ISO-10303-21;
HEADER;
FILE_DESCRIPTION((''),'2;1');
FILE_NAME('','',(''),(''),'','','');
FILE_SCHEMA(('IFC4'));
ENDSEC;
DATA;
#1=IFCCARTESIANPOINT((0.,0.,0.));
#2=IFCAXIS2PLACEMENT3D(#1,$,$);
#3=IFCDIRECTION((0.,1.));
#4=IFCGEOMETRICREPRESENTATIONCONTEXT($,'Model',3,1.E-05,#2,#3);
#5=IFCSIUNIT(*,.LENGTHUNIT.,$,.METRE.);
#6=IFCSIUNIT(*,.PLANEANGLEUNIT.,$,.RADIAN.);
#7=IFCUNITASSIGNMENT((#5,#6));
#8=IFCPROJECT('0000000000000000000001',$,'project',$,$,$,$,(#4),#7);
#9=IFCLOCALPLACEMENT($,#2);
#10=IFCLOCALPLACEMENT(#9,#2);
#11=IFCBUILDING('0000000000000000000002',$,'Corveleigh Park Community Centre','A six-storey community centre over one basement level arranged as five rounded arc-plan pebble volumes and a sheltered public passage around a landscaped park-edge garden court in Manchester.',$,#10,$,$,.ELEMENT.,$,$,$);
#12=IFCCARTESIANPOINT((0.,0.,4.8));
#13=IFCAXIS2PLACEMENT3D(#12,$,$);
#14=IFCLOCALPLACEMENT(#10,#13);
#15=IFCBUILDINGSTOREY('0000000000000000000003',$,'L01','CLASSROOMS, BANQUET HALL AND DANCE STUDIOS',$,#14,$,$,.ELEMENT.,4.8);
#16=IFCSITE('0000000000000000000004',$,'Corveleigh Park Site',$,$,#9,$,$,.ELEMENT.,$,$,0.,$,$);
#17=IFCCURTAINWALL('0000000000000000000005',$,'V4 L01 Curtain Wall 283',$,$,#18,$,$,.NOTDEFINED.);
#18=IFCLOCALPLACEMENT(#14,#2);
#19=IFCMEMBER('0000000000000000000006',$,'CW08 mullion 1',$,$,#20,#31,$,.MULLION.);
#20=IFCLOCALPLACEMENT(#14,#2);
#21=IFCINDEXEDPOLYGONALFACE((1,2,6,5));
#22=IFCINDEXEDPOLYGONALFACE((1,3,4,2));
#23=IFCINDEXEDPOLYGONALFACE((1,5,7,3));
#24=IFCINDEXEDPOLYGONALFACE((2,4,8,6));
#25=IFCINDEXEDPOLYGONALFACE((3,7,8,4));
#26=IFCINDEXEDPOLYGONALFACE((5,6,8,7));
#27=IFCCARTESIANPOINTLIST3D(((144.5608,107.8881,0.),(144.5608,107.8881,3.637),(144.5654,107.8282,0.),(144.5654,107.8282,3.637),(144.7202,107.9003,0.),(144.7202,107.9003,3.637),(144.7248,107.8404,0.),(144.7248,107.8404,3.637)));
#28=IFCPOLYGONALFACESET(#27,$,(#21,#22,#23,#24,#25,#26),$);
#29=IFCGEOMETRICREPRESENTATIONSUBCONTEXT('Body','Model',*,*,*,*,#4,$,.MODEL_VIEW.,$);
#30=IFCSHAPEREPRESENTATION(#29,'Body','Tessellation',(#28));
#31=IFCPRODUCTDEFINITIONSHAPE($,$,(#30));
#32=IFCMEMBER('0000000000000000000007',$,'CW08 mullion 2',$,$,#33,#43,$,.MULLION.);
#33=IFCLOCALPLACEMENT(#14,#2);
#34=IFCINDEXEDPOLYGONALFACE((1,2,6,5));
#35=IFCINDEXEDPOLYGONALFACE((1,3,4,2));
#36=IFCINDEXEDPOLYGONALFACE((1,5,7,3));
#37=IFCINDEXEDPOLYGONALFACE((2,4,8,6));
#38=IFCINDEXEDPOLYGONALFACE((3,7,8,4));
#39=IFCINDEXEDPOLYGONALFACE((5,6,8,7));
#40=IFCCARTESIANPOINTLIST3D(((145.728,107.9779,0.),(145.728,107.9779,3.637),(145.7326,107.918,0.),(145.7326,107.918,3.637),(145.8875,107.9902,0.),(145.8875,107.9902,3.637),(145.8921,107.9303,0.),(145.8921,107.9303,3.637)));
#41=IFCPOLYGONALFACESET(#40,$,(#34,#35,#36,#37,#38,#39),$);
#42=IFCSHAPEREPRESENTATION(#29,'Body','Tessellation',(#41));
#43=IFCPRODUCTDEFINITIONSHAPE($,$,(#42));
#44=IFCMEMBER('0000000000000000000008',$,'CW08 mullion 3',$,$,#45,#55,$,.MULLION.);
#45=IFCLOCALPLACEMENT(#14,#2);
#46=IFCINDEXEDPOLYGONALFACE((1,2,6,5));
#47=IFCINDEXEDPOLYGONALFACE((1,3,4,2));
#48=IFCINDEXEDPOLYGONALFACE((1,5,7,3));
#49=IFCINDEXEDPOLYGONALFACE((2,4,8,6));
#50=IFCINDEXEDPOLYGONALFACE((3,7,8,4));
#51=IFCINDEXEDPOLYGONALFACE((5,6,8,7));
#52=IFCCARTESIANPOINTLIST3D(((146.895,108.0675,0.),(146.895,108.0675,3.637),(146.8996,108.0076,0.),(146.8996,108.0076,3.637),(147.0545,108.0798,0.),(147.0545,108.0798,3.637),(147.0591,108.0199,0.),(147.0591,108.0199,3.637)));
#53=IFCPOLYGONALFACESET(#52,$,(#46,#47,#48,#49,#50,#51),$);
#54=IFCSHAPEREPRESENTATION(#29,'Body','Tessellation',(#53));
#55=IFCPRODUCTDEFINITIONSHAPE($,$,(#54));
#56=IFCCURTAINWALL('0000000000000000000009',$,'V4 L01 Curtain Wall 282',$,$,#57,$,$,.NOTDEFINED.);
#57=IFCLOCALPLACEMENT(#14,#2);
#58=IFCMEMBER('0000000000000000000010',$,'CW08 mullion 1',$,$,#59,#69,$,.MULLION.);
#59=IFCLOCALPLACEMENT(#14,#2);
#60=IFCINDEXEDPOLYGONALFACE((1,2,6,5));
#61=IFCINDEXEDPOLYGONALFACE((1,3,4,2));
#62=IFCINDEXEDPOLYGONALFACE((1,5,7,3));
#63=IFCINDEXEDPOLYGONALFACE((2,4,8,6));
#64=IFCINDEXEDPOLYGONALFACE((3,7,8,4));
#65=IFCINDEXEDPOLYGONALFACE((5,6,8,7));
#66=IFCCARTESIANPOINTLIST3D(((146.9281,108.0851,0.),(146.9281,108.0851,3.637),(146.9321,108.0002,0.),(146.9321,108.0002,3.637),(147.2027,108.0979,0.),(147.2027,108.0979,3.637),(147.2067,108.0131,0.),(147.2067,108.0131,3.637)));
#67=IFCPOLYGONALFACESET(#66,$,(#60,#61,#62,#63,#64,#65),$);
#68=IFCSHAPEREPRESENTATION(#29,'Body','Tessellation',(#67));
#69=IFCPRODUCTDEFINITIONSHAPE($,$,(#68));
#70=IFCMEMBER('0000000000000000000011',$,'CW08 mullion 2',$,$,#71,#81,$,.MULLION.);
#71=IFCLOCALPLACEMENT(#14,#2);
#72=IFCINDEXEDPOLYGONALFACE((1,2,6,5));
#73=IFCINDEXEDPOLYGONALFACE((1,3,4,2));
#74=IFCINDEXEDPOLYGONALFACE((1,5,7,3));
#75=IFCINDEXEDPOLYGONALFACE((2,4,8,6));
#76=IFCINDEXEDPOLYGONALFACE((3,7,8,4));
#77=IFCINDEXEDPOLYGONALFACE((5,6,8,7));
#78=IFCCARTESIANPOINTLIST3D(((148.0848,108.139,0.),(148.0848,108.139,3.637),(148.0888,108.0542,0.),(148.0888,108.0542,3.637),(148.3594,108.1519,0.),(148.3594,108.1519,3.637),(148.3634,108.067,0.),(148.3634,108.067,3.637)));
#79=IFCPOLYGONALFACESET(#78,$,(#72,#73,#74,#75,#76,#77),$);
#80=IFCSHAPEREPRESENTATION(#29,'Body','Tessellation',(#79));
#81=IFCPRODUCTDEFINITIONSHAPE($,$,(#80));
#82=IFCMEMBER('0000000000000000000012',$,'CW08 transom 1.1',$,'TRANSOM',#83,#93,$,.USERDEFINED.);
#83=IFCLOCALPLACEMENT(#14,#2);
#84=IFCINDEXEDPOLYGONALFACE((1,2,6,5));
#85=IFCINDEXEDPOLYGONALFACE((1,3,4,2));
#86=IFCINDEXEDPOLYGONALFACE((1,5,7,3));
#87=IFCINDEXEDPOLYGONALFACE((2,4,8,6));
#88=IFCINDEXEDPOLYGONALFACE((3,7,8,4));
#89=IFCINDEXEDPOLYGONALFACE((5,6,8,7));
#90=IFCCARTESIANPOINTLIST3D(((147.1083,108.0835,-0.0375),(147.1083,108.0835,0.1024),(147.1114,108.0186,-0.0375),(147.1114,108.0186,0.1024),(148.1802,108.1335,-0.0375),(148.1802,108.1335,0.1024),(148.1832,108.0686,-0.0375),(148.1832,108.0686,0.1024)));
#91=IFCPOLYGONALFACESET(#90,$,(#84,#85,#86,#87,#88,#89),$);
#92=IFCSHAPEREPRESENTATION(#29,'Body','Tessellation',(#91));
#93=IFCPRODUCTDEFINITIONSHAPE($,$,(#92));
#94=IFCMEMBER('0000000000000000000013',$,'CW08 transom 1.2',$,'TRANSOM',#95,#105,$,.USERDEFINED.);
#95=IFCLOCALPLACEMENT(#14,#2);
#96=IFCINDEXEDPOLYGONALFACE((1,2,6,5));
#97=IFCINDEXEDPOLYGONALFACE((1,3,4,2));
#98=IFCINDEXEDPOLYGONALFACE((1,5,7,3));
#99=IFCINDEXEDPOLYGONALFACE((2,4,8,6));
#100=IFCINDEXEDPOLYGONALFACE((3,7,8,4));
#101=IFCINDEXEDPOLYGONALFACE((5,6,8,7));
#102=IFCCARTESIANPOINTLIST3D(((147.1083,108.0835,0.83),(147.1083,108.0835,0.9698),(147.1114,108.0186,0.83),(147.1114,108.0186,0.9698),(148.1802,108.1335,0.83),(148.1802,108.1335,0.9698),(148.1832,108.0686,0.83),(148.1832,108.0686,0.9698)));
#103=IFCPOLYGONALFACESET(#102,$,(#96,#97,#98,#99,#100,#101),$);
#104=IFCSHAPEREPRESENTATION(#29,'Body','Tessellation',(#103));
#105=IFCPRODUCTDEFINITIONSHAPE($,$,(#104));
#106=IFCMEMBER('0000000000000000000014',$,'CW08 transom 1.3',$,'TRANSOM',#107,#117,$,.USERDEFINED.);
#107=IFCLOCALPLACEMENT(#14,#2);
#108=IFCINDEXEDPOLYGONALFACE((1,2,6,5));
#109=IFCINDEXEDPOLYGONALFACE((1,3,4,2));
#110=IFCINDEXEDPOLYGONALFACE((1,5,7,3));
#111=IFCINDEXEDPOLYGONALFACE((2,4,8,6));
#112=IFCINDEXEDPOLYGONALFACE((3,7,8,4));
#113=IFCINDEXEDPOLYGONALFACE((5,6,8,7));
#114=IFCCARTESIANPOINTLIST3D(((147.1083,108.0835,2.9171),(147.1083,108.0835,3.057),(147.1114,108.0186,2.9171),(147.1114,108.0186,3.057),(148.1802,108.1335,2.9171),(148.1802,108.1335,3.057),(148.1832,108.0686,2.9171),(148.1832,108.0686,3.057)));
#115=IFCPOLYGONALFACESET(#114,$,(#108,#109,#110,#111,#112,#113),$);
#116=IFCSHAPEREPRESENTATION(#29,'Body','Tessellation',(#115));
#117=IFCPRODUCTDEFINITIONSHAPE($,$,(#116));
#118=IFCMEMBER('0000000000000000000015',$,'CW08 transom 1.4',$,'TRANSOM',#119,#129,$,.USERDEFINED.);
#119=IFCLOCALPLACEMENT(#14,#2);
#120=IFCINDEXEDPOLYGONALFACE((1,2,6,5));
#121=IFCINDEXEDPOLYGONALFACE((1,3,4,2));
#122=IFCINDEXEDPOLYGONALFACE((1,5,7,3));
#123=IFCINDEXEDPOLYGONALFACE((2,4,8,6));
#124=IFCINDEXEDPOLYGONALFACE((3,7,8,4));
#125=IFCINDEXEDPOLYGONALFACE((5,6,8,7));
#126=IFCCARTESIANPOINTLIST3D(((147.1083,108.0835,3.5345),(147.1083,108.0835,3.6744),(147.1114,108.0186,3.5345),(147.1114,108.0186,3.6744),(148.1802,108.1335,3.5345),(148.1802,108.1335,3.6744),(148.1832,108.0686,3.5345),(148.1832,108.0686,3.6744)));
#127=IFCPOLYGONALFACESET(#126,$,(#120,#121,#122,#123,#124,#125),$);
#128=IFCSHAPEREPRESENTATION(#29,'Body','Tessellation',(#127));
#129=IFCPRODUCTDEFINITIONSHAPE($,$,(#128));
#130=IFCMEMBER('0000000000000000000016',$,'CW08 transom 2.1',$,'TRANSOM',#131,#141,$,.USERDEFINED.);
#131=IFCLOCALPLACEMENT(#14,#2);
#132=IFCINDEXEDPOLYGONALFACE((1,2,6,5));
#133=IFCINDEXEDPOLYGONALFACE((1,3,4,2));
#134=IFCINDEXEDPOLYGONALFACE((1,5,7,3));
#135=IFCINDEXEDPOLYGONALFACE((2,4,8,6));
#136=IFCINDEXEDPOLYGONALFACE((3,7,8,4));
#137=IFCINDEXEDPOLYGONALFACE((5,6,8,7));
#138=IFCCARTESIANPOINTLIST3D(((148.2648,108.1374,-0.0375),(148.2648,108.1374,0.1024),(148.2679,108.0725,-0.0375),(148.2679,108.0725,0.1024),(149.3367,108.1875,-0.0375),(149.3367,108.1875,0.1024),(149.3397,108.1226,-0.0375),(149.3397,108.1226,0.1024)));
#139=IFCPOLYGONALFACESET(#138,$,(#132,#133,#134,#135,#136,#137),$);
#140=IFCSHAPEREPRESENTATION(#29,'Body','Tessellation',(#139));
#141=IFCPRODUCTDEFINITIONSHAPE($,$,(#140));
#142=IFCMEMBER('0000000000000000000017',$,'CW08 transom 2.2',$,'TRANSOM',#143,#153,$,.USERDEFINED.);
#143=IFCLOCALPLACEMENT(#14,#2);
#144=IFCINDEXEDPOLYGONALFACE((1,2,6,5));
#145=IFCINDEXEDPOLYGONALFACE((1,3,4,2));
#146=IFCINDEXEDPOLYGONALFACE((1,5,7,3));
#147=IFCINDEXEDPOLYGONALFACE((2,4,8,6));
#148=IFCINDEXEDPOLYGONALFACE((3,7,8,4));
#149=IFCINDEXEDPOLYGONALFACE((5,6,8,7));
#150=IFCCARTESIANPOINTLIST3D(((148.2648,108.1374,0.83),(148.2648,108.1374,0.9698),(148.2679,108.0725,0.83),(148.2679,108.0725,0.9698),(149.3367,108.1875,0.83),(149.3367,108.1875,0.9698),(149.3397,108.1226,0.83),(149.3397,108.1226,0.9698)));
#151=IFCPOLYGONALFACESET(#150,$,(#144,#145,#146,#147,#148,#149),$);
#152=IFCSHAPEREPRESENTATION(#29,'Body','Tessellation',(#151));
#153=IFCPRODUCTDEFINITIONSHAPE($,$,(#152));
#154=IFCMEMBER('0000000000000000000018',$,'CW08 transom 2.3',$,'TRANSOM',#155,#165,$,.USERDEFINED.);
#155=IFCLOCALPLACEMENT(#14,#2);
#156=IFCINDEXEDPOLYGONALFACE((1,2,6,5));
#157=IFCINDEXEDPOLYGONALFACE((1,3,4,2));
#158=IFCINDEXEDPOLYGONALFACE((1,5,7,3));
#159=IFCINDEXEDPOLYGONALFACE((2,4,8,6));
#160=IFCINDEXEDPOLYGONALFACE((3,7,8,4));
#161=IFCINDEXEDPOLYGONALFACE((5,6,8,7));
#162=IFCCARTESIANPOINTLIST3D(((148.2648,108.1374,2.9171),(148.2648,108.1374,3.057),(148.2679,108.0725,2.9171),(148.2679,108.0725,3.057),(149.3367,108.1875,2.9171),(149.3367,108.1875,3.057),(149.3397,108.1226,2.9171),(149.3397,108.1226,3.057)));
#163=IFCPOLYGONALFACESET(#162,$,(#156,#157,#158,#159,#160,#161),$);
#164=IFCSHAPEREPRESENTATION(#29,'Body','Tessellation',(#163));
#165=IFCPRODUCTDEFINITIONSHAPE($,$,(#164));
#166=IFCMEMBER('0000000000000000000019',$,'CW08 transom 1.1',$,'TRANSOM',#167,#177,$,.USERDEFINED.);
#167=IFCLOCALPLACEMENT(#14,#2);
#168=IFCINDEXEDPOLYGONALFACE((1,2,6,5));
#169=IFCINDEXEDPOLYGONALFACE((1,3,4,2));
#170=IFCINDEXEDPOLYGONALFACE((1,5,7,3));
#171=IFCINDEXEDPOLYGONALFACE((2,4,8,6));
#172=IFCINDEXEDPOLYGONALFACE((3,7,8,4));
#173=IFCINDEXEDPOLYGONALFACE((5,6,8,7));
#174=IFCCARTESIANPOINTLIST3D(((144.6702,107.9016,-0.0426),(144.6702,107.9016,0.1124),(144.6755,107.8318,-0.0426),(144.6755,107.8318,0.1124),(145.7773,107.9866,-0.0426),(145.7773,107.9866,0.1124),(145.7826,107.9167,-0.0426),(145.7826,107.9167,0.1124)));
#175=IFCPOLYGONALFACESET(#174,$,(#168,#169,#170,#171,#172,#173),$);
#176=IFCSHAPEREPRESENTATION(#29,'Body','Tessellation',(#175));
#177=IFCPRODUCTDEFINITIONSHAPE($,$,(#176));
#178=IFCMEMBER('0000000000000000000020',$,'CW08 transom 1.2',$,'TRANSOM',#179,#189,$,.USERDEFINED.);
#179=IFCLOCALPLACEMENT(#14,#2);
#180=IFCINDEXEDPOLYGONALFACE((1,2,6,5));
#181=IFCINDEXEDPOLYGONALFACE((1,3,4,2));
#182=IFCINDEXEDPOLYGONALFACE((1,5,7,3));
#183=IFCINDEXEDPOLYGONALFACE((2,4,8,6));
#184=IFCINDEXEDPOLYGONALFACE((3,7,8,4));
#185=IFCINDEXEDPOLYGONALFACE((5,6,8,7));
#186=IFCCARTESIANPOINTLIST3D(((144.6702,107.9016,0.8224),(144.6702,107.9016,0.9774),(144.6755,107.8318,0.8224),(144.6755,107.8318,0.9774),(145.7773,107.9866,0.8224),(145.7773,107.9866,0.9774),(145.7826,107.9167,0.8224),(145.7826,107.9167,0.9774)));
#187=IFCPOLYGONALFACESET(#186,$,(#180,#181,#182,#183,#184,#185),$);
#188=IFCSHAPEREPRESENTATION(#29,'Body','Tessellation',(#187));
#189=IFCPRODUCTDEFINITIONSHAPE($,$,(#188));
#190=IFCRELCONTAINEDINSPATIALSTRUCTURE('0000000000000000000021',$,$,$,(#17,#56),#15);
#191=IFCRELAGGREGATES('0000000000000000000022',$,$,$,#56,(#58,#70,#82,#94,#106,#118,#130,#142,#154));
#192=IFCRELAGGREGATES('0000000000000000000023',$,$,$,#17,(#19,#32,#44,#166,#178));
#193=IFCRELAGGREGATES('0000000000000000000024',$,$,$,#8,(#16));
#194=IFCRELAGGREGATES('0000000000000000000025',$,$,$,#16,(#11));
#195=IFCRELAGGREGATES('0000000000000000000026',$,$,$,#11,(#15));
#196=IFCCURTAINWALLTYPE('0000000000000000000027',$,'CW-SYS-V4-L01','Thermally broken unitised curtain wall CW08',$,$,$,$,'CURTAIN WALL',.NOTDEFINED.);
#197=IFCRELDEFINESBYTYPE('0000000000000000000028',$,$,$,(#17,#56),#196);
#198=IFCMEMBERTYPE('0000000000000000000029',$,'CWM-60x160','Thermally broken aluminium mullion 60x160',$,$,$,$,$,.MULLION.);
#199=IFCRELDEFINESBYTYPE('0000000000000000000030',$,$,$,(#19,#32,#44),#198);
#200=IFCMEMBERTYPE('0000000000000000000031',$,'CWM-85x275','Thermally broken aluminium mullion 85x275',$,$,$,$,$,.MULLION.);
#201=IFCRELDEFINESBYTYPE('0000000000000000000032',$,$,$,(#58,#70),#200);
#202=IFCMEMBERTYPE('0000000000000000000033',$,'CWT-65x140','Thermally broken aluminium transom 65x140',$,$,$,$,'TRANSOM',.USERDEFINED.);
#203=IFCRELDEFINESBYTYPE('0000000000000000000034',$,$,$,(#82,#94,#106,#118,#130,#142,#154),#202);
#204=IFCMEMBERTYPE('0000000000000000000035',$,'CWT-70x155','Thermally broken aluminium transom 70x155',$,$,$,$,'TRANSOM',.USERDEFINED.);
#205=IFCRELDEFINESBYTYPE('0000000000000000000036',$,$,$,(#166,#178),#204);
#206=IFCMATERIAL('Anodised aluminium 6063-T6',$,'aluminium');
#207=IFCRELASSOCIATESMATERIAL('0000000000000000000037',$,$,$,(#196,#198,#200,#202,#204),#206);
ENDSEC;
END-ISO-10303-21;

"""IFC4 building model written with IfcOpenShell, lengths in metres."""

from ifc_helpers import new_model, si_unit, direction, frame, origin, origin_2d, place, context, subcontext, project, spatial, rectangle, extrude, material, material_profile, profile_set, type_object, element, aggregate, save


model = new_model("IFC4")

# Units and contexts
model_context = context("Model", 3, precision=1e-05, world=origin(), true_north=direction((0.0, 1.0)))
body_context = subcontext(model_context, "Body", "Model", "MODEL_VIEW")
ifc_project = project(units=[si_unit("LENGTHUNIT", "METRE"), si_unit("PLANEANGLEUNIT", "RADIAN")], contexts=[model_context])

# Site, building, storey
site_placement = place(None, origin())
site = spatial("IfcSite", under=ifc_project, at=site_placement, Name="Corveleigh Park Site", CompositionType="ELEMENT", RefElevation=0.0)
building_placement = place(site_placement, origin())
building = spatial("IfcBuilding", under=site, at=building_placement, Name="Corveleigh Park Community Centre", Description="A six-storey community centre over one basement level arranged as five rounded arc-plan pebble volumes and a sheltered public passage around a landscaped park-edge garden court in Manchester.", CompositionType="ELEMENT")
storey_placement = place(building_placement, frame((0.0, 0.0, 4.8)))
storey = spatial("IfcBuildingStorey", under=building, at=storey_placement, Name="L01", Description="CLASSROOMS, BANQUET HALL AND DANCE STUDIOS", CompositionType="ELEMENT", Elevation=4.8)

# Curtain walls, members
ifc_material_1 = material(Name="Anodised aluminium 6063-T6", Category="aluminium")
curtain_wall_type = type_object("IfcCurtainWallType", Name="CW-SYS-V4-L01", Description="Thermally broken unitised curtain wall CW08", ElementType="CURTAIN WALL", PredefinedType="NOTDEFINED", material=ifc_material_1)
curtain_wall_1_placement = place(storey_placement, origin())
curtain_wall_1 = element("IfcCurtainWall", 1, at=curtain_wall_1_placement, inside=storey, type_object=curtain_wall_type, Name="V4 L01 Curtain Wall 283", PredefinedType="NOTDEFINED")
ifc_material_profile_1 = material_profile(ifc_material_1, rectangle(XDim=0.0601, YDim=0.1599, at=origin_2d()), Name="ALU-M60x160", Category="aluminium")
ifc_profile_set_1 = profile_set([ifc_material_profile_1], Name="Anodised aluminium 6063-T6")
member_type_1 = type_object("IfcMemberType", Name="CWM-60x160", Description="Thermally broken aluminium mullion 60x160", PredefinedType="MULLION", material=ifc_profile_set_1)
member_1_placement = place(storey_placement, frame((144.6428, 107.8643, 0.0), z_axis=(0.0, 0.0, 1.0), x_axis=(-0.076633, 0.997059, 0.0)))
member_1 = element("IfcMember", 2, at=member_1_placement, type_object=member_type_1, Name="CW08 mullion 1", PredefinedType="MULLION", context=body_context, shape_type="SweptSolid", body=[
    extrude(rectangle(XDim=0.0601, YDim=0.1599, at=origin_2d()), origin(), (0.0, 0.0, 1.0), 3.637),
])
member_2_placement = place(storey_placement, frame((145.8101, 107.9541, 0.0), z_axis=(0.0, 0.0, 1.0), x_axis=(-0.076633, 0.997059, 0.0)))
member_2 = element("IfcMember", 3, at=member_2_placement, type_object=member_type_1, Name="CW08 mullion 2", PredefinedType="MULLION", context=body_context, shape_type="SweptSolid", body=[
    extrude(rectangle(XDim=0.0601, YDim=0.1599, at=origin_2d()), origin(), (0.0, 0.0, 1.0), 3.637),
])
member_3_placement = place(storey_placement, frame((146.9771, 108.0437, 0.0), z_axis=(0.0, 0.0, 1.0), x_axis=(-0.076633, 0.997059, 0.0)))
member_3 = element("IfcMember", 4, at=member_3_placement, type_object=member_type_1, Name="CW08 mullion 3", PredefinedType="MULLION", context=body_context, shape_type="SweptSolid", body=[
    extrude(rectangle(XDim=0.0601, YDim=0.1599, at=origin_2d()), origin(), (0.0, 0.0, 1.0), 3.637),
])
curtain_wall_2_placement = place(storey_placement, origin())
curtain_wall_2 = element("IfcCurtainWall", 5, at=curtain_wall_2_placement, inside=storey, type_object=curtain_wall_type, Name="V4 L01 Curtain Wall 282", PredefinedType="NOTDEFINED")
ifc_material_profile_2 = material_profile(ifc_material_1, rectangle(XDim=0.085, YDim=0.2749, at=origin_2d()), Name="ALU-M85x275", Category="aluminium")
ifc_profile_set_2 = profile_set([ifc_material_profile_2], Name="Anodised aluminium 6063-T6")
member_type_2 = type_object("IfcMemberType", Name="CWM-85x275", Description="Thermally broken aluminium mullion 85x275", PredefinedType="MULLION", material=ifc_profile_set_2)
member_4_placement = place(storey_placement, frame((147.0674, 108.0491, 0.0), z_axis=(0.0, 0.0, 1.0), x_axis=(-0.046655, 0.998911, 0.0)))
member_4 = element("IfcMember", 6, at=member_4_placement, type_object=member_type_2, Name="CW08 mullion 1", PredefinedType="MULLION", context=body_context, shape_type="SweptSolid", body=[
    extrude(rectangle(XDim=0.085, YDim=0.2749, at=origin_2d()), origin(), (0.0, 0.0, 1.0), 3.637),
])
member_5_placement = place(storey_placement, frame((148.2241, 108.103, 0.0), z_axis=(0.0, 0.0, 1.0), x_axis=(-0.046655, 0.998911, 0.0)))
member_5 = element("IfcMember", 7, at=member_5_placement, type_object=member_type_2, Name="CW08 mullion 2", PredefinedType="MULLION", context=body_context, shape_type="SweptSolid", body=[
    extrude(rectangle(XDim=0.085, YDim=0.2749, at=origin_2d()), origin(), (0.0, 0.0, 1.0), 3.637),
])
ifc_material_profile_3 = material_profile(ifc_material_1, rectangle(XDim=0.0649, YDim=0.1399, at=origin_2d()), Name="ALU-T65x140", Category="aluminium")
ifc_profile_set_3 = profile_set([ifc_material_profile_3], Name="Anodised aluminium 6063-T6")
member_type_3 = type_object("IfcMemberType", Name="CWT-65x140", Description="Thermally broken aluminium transom 65x140", ElementType="TRANSOM", PredefinedType="USERDEFINED", material=ifc_profile_set_3)
member_6_placement = place(storey_placement, frame((147.1099, 108.051, 0.0325), z_axis=(0.998911, 0.046646, 0.0), x_axis=(-0.046646, 0.998911, 0.0)))
member_6 = element("IfcMember", 8, at=member_6_placement, type_object=member_type_3, Name="CW08 transom 1.1", ObjectType="TRANSOM", PredefinedType="USERDEFINED", context=body_context, shape_type="SweptSolid", body=[
    extrude(rectangle(XDim=0.0649, YDim=0.1399, at=origin_2d()), origin(), (0.0, 0.0, 1.0), 1.073),
])
member_7_placement = place(storey_placement, frame((147.1099, 108.051, 0.8999), z_axis=(0.998911, 0.046646, 0.0), x_axis=(-0.046646, 0.998911, 0.0)))
member_7 = element("IfcMember", 9, at=member_7_placement, type_object=member_type_3, Name="CW08 transom 1.2", ObjectType="TRANSOM", PredefinedType="USERDEFINED", context=body_context, shape_type="SweptSolid", body=[
    extrude(rectangle(XDim=0.0649, YDim=0.1399, at=origin_2d()), origin(), (0.0, 0.0, 1.0), 1.073),
])
member_8_placement = place(storey_placement, frame((147.1099, 108.051, 2.9871), z_axis=(0.998911, 0.046646, 0.0), x_axis=(-0.046646, 0.998911, 0.0)))
member_8 = element("IfcMember", 10, at=member_8_placement, type_object=member_type_3, Name="CW08 transom 1.3", ObjectType="TRANSOM", PredefinedType="USERDEFINED", context=body_context, shape_type="SweptSolid", body=[
    extrude(rectangle(XDim=0.0649, YDim=0.1399, at=origin_2d()), origin(), (0.0, 0.0, 1.0), 1.073),
])
member_9_placement = place(storey_placement, frame((147.1099, 108.051, 3.6045), z_axis=(0.998911, 0.046646, 0.0), x_axis=(-0.046646, 0.998911, 0.0)))
member_9 = element("IfcMember", 11, at=member_9_placement, type_object=member_type_3, Name="CW08 transom 1.4", ObjectType="TRANSOM", PredefinedType="USERDEFINED", context=body_context, shape_type="SweptSolid", body=[
    extrude(rectangle(XDim=0.0649, YDim=0.1399, at=origin_2d()), origin(), (0.0, 0.0, 1.0), 1.073),
])
member_10_placement = place(storey_placement, frame((148.2664, 108.105, 0.0325), z_axis=(0.998911, 0.046646, 0.0), x_axis=(-0.046646, 0.998911, 0.0)))
member_10 = element("IfcMember", 12, at=member_10_placement, type_object=member_type_3, Name="CW08 transom 2.1", ObjectType="TRANSOM", PredefinedType="USERDEFINED", context=body_context, shape_type="SweptSolid", body=[
    extrude(rectangle(XDim=0.0649, YDim=0.1399, at=origin_2d()), origin(), (0.0, 0.0, 1.0), 1.073),
])
member_11_placement = place(storey_placement, frame((148.2664, 108.105, 0.8999), z_axis=(0.998911, 0.046646, 0.0), x_axis=(-0.046646, 0.998911, 0.0)))
member_11 = element("IfcMember", 13, at=member_11_placement, type_object=member_type_3, Name="CW08 transom 2.2", ObjectType="TRANSOM", PredefinedType="USERDEFINED", context=body_context, shape_type="SweptSolid", body=[
    extrude(rectangle(XDim=0.0649, YDim=0.1399, at=origin_2d()), origin(), (0.0, 0.0, 1.0), 1.073),
])
member_12_placement = place(storey_placement, frame((148.2664, 108.105, 2.9871), z_axis=(0.998911, 0.046646, 0.0), x_axis=(-0.046646, 0.998911, 0.0)))
member_12 = element("IfcMember", 14, at=member_12_placement, type_object=member_type_3, Name="CW08 transom 2.3", ObjectType="TRANSOM", PredefinedType="USERDEFINED", context=body_context, shape_type="SweptSolid", body=[
    extrude(rectangle(XDim=0.0649, YDim=0.1399, at=origin_2d()), origin(), (0.0, 0.0, 1.0), 1.073),
])

# Members
ifc_material_profile_4 = material_profile(ifc_material_1, rectangle(XDim=0.0701, YDim=0.155, at=origin_2d()), Name="ALU-T70x155", Category="aluminium")
ifc_profile_set_4 = profile_set([ifc_material_profile_4], Name="Anodised aluminium 6063-T6")
member_type_4 = type_object("IfcMemberType", Name="CWT-70x155", Description="Thermally broken aluminium transom 70x155", ElementType="TRANSOM", PredefinedType="USERDEFINED", material=ifc_profile_set_4)
member_13_placement = place(storey_placement, frame((144.6729, 107.8667, 0.0349), z_axis=(0.997069, 0.076512, 0.0), x_axis=(-0.076512, 0.997069, 0.0)))
member_13 = element("IfcMember", 15, at=member_13_placement, type_object=member_type_4, Name="CW08 transom 1.1", ObjectType="TRANSOM", PredefinedType="USERDEFINED", context=body_context, shape_type="SweptSolid", body=[
    extrude(rectangle(XDim=0.0701, YDim=0.155, at=origin_2d()), origin(), (0.0, 0.0, 1.0), 1.1104),
])
member_14_placement = place(storey_placement, frame((144.6729, 107.8667, 0.8999), z_axis=(0.997069, 0.076512, 0.0), x_axis=(-0.076512, 0.997069, 0.0)))
member_14 = element("IfcMember", 16, at=member_14_placement, type_object=member_type_4, Name="CW08 transom 1.2", ObjectType="TRANSOM", PredefinedType="USERDEFINED", context=body_context, shape_type="SweptSolid", body=[
    extrude(rectangle(XDim=0.0701, YDim=0.155, at=origin_2d()), origin(), (0.0, 0.0, 1.0), 1.1104),
])

aggregate(curtain_wall_2, [member_4, member_5, member_6, member_7, member_8, member_9, member_10, member_11, member_12])
aggregate(curtain_wall_1, [member_1, member_2, member_3, member_13, member_14])

save(model, "model.ifc")
